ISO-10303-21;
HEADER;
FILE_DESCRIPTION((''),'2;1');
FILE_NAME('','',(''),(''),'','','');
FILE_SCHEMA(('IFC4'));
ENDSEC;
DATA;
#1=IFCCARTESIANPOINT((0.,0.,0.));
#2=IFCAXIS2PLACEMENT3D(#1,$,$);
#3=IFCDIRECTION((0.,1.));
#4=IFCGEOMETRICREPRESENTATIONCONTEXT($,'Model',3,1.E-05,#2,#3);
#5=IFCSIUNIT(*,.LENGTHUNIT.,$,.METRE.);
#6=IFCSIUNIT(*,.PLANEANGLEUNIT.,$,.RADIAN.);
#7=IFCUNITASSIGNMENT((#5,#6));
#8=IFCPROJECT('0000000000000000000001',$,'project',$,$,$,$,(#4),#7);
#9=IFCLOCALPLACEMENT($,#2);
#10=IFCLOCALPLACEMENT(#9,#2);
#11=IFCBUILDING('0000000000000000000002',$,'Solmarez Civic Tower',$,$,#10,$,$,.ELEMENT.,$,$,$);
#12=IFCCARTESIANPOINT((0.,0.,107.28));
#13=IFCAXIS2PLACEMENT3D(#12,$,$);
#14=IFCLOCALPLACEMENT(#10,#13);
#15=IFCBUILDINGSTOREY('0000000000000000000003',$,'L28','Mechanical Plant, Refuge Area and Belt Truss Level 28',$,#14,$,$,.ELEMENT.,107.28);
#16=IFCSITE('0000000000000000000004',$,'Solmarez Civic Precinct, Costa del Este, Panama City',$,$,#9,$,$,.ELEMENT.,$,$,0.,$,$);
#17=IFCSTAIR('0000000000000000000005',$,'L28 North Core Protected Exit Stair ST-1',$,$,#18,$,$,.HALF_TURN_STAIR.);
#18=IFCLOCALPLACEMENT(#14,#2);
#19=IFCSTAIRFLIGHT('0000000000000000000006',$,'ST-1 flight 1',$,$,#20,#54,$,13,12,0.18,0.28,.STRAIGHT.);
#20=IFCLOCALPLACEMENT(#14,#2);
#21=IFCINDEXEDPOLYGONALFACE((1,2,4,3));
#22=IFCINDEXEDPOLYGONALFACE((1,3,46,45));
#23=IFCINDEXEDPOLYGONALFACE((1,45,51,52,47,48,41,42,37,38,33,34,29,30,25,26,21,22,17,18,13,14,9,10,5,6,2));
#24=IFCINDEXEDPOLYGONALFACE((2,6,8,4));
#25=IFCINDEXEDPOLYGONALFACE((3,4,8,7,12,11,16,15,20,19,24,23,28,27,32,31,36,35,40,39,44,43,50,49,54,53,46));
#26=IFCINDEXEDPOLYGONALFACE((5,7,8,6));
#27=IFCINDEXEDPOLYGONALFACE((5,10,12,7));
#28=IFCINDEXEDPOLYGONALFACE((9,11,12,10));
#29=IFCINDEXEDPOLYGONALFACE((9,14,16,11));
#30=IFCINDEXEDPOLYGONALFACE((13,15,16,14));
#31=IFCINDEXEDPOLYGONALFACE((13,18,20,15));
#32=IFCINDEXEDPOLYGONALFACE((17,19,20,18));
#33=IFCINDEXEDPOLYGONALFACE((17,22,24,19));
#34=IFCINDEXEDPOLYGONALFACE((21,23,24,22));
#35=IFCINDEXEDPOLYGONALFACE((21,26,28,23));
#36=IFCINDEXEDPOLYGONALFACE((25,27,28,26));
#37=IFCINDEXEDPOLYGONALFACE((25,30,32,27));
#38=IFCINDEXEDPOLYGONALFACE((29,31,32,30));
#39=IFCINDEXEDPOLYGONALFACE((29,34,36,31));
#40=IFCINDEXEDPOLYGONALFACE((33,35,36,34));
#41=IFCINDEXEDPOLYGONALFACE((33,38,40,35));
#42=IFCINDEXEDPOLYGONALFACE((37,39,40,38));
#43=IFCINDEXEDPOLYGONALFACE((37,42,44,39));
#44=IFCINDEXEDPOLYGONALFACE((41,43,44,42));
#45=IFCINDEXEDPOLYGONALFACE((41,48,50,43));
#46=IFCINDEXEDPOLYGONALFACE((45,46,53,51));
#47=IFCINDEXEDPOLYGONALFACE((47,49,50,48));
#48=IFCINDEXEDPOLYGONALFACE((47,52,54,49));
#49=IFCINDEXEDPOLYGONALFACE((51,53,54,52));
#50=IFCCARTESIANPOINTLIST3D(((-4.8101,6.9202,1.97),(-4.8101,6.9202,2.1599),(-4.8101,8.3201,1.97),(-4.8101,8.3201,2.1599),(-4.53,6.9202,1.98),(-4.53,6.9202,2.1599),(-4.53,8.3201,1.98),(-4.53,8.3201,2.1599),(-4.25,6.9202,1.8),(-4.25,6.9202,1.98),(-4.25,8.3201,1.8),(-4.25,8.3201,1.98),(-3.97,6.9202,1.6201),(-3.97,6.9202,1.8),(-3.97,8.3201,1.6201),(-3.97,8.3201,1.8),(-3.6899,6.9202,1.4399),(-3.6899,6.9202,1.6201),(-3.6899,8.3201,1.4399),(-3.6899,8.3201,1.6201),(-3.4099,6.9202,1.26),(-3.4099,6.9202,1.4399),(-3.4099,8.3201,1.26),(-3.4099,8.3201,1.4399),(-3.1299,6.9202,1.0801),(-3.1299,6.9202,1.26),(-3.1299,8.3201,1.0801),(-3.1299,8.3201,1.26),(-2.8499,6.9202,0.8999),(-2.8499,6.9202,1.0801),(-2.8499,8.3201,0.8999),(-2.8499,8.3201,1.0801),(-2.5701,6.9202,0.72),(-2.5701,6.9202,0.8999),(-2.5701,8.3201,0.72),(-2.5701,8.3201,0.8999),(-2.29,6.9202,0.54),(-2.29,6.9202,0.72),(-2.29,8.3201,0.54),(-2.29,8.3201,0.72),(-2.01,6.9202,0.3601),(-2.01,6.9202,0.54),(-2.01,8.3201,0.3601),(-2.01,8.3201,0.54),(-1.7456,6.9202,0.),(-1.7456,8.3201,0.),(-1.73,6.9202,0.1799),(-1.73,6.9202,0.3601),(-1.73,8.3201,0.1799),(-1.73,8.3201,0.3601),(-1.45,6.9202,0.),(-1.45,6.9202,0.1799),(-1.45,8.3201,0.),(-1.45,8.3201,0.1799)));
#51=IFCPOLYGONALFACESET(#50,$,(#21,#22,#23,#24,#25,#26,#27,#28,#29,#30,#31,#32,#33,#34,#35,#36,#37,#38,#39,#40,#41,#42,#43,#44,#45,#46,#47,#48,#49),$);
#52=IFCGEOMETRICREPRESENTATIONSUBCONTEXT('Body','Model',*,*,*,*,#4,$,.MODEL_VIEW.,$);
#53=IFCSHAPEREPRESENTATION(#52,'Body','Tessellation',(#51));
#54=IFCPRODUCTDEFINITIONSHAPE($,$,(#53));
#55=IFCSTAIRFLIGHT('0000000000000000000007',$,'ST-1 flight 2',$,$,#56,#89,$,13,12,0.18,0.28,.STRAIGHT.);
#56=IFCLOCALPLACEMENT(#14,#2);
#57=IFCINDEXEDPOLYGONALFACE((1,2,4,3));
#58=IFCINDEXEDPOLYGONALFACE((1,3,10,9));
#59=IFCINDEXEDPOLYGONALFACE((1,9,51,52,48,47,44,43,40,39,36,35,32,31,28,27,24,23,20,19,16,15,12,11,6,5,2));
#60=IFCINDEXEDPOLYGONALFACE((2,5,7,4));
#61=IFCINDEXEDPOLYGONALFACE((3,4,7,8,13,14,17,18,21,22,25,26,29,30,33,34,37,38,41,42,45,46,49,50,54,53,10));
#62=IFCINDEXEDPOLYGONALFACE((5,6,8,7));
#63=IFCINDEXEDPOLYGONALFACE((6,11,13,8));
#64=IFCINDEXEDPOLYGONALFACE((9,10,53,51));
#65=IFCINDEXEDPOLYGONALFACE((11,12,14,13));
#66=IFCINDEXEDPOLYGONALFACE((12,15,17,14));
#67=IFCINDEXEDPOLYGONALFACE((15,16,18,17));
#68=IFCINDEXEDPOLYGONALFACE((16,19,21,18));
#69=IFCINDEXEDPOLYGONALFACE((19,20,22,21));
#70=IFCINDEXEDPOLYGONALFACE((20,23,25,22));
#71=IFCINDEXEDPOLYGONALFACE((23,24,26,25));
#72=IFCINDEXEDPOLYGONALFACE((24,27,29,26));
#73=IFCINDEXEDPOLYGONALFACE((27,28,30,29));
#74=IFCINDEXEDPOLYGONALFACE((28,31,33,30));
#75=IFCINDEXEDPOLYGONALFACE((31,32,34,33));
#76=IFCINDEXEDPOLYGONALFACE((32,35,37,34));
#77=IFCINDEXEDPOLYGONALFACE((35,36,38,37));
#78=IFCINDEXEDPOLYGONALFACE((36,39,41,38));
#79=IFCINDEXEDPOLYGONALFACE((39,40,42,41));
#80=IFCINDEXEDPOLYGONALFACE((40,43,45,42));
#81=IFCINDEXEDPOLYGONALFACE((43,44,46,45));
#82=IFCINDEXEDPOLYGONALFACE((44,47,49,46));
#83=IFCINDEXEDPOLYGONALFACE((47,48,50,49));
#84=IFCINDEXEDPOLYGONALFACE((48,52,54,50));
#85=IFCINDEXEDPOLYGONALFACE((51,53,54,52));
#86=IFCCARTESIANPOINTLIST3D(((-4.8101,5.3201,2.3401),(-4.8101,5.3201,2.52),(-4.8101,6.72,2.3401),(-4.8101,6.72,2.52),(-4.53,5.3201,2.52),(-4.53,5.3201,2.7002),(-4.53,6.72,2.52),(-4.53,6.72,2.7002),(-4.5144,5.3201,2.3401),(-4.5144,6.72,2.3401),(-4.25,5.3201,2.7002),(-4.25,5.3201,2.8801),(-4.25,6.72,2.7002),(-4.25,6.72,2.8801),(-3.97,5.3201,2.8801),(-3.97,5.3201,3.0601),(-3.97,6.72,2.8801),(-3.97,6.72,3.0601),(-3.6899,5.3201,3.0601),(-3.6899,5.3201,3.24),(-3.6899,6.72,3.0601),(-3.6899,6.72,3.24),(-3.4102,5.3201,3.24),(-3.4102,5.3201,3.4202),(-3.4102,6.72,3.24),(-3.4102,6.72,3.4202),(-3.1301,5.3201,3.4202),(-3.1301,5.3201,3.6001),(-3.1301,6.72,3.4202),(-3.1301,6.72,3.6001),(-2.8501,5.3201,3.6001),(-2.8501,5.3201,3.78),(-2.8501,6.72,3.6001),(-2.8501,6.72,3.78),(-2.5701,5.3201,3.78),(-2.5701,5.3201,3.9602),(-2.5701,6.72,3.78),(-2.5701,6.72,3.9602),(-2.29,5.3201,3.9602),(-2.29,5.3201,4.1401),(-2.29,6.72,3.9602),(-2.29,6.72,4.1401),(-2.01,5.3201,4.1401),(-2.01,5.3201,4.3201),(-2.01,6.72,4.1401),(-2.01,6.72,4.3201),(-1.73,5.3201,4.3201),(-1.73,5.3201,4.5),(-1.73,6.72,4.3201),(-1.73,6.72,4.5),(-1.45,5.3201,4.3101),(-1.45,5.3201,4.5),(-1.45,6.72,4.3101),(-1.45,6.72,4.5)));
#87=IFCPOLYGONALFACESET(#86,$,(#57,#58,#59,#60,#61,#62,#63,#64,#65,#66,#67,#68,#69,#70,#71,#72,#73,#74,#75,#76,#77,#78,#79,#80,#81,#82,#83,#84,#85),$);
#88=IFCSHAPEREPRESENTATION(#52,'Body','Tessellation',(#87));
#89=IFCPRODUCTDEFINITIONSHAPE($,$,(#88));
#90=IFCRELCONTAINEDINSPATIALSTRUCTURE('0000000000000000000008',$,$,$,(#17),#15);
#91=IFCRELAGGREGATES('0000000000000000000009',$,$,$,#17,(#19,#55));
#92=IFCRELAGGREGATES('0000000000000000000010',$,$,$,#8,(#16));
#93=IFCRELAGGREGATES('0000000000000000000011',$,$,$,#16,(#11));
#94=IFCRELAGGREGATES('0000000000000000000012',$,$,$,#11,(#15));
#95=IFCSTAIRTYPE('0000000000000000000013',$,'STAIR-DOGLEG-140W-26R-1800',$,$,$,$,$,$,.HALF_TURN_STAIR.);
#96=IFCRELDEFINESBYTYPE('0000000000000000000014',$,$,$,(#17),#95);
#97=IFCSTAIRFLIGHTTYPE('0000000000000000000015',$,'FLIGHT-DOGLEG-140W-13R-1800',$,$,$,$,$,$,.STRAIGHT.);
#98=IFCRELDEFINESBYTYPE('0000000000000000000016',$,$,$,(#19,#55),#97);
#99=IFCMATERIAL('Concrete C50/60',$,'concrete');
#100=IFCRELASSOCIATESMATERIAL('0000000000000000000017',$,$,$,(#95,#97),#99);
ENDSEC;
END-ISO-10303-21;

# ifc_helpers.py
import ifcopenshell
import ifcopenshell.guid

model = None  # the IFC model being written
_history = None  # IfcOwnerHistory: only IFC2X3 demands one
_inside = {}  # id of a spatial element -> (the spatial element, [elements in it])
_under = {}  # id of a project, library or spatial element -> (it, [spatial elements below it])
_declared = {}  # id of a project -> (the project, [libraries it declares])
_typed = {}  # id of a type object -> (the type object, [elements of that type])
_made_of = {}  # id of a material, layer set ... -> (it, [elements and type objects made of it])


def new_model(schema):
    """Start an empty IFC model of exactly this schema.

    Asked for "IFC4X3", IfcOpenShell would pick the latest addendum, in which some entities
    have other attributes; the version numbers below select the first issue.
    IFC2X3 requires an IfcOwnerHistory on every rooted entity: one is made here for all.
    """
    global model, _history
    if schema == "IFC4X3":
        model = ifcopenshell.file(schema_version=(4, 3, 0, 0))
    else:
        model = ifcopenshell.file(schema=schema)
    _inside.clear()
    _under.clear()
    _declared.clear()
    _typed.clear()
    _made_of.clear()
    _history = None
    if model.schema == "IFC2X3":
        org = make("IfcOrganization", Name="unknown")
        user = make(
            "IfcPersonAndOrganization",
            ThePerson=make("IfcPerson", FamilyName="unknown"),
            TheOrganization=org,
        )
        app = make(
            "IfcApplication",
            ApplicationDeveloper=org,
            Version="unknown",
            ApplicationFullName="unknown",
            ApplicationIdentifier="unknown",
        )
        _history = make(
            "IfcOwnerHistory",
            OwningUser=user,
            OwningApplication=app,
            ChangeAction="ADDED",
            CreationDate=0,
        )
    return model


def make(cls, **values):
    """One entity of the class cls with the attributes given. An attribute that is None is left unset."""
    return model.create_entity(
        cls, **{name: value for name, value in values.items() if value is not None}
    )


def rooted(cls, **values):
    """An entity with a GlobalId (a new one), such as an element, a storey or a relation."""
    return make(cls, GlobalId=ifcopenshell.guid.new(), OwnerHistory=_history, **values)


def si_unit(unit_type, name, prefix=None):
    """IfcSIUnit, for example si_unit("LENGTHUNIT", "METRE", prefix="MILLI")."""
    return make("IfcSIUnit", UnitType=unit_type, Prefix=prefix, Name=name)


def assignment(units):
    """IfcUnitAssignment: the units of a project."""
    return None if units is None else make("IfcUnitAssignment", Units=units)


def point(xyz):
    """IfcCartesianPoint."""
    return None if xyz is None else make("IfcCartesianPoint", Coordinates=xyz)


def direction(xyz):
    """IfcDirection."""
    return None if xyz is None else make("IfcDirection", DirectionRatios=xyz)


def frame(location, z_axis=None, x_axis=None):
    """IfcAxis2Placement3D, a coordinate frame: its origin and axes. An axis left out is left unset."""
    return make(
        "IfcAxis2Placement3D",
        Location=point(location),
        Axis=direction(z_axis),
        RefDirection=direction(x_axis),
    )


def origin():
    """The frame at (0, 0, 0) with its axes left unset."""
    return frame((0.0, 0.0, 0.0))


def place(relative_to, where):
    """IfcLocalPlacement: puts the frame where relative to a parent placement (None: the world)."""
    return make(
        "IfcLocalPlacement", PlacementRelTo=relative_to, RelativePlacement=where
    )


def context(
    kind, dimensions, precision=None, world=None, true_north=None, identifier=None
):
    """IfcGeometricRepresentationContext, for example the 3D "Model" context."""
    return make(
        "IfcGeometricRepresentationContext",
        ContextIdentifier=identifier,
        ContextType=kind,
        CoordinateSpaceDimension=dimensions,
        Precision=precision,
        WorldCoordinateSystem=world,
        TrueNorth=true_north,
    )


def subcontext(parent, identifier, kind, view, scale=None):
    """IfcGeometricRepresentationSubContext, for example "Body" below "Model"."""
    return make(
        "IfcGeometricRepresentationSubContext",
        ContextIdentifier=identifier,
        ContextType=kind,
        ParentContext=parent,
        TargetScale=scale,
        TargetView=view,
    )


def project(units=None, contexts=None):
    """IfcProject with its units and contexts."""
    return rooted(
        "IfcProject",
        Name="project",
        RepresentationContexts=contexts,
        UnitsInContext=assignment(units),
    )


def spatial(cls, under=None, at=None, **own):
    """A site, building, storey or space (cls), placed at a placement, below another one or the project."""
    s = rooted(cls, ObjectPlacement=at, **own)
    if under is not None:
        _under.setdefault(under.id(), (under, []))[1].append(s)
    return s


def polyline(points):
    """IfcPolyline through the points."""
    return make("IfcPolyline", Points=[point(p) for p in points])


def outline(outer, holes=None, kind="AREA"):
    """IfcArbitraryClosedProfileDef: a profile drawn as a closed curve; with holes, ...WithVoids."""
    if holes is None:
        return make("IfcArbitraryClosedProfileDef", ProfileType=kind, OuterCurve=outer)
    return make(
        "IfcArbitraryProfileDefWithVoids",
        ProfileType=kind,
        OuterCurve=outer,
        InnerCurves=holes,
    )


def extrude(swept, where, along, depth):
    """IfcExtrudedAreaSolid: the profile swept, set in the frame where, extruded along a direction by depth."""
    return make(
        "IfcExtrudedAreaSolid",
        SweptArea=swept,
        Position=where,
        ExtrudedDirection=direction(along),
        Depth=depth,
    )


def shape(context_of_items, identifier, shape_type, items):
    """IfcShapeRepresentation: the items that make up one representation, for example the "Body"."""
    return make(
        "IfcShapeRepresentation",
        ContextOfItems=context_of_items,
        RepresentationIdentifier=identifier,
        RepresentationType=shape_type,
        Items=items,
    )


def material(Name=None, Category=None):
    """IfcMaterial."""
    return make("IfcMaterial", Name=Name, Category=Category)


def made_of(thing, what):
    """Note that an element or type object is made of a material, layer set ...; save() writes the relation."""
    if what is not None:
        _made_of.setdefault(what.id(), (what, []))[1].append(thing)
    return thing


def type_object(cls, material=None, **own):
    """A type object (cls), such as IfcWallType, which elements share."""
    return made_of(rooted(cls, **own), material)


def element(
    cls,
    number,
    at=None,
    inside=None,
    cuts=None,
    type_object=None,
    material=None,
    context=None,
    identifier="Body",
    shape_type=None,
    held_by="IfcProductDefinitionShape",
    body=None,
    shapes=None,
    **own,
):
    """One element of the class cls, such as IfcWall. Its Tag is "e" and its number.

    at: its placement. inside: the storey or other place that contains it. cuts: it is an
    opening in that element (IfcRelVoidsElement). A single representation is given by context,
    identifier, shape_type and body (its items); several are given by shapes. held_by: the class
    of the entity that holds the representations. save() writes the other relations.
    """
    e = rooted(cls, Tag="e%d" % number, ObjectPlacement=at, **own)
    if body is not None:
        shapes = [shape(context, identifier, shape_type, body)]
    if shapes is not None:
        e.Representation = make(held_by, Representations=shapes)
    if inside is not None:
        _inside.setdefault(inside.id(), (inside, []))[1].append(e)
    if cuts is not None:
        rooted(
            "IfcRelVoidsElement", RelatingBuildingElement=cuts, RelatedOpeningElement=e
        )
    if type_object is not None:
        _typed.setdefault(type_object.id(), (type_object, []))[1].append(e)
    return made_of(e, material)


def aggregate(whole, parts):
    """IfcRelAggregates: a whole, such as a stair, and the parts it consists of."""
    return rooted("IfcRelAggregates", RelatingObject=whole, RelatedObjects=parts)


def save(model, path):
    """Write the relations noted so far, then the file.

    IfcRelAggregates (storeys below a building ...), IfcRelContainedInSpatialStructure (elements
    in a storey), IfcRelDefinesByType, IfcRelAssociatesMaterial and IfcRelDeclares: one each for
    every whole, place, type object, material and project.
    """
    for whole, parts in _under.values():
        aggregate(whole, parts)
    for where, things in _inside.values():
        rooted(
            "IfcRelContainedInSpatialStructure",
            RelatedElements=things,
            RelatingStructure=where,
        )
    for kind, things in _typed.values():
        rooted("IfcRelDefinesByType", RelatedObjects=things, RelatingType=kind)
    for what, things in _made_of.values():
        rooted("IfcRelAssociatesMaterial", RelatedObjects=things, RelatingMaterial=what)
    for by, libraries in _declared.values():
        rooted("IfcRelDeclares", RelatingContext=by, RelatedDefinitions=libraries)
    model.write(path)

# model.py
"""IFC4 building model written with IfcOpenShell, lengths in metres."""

from ifc_helpers import new_model, si_unit, direction, frame, origin, place, context, subcontext, project, spatial, polyline, outline, extrude, material, type_object, element, aggregate, save


model = new_model("IFC4")

# Units and contexts
model_context = context("Model", 3, precision=1e-05, world=origin(), true_north=direction((0.0, 1.0)))
body_context = subcontext(model_context, "Body", "Model", "MODEL_VIEW")
ifc_project = project(units=[si_unit("LENGTHUNIT", "METRE"), si_unit("PLANEANGLEUNIT", "RADIAN")], contexts=[model_context])

# Site, building, storey
site_placement = place(None, origin())
site = spatial("IfcSite", under=ifc_project, at=site_placement, Name="Solmarez Civic Precinct, Costa del Este, Panama City", CompositionType="ELEMENT", RefElevation=0.0)
building_placement = place(site_placement, origin())
building = spatial("IfcBuilding", under=site, at=building_placement, Name="Solmarez Civic Tower", CompositionType="ELEMENT")
storey_placement = place(building_placement, frame((0.0, 0.0, 107.28)))
storey = spatial("IfcBuildingStorey", under=building, at=storey_placement, Name="L28", Description="Mechanical Plant, Refuge Area and Belt Truss Level 28", CompositionType="ELEMENT", Elevation=107.28)

# Shared definitions
ifc_material_1 = material(Name="Concrete C50/60", Category="concrete")

# Stair, stair flights
stair_type = type_object("IfcStairType", Name="STAIR-DOGLEG-140W-26R-1800", PredefinedType="HALF_TURN_STAIR", material=ifc_material_1)
stair_placement = place(storey_placement, origin())
stair = element("IfcStair", 1, at=stair_placement, inside=storey, type_object=stair_type, Name="L28 North Core Protected Exit Stair ST-1", PredefinedType="HALF_TURN_STAIR")
stair_flight_type = type_object("IfcStairFlightType", Name="FLIGHT-DOGLEG-140W-13R-1800", PredefinedType="STRAIGHT", material=ifc_material_1)
stair_flight_1_placement = place(storey_placement, frame((-1.45, 7.6201, 0.0), z_axis=(0.0, 0.0, 1.0), x_axis=(-1.0, 0.0, 0.0)))
stair_flight_1 = element("IfcStairFlight", 2, at=stair_flight_1_placement, type_object=stair_flight_type, Name="ST-1 flight 1", NumberOfRisers=13, NumberOfTreads=12, PredefinedType="STRAIGHT", RiserHeight=0.18, TreadLength=0.28, context=body_context, shape_type="SweptSolid", body=[
    extrude(outline(polyline([(0.0, 0.0), (0.0, 0.1799), (0.28, 0.1799), (0.28, 0.3601), (0.5601, 0.3601), (0.5601, 0.54), (0.8401, 0.54), (0.8401, 0.72), (1.1201, 0.72), (1.1201, 0.8999), (1.3999, 0.8999), (1.3999, 1.0801), (1.6799, 1.0801), (1.6799, 1.26), (1.96, 1.26), (1.96, 1.4399), (2.24, 1.4399), (2.24, 1.6201), (2.52, 1.6201), (2.52, 1.8), (2.8, 1.8), (2.8, 1.98), (3.0801, 1.98), (3.0801, 2.1599), (3.3601, 2.1599), (3.3601, 2.3401), (3.3601, 1.97), (0.2957, 0.0), (0.0, 0.0)])), frame((0.0, 0.7, 0.0), z_axis=(0.0, -1.0, 0.0), x_axis=(1.0, 0.0, 0.0)), (0.0, 0.0, 1.0), 1.3999),
])
stair_flight_2_placement = place(storey_placement, frame((-4.8101, 6.02, 2.3401), z_axis=(0.0, 0.0, 1.0), x_axis=(1.0, 0.0, 0.0)))
stair_flight_2 = element("IfcStairFlight", 3, at=stair_flight_2_placement, type_object=stair_flight_type, Name="ST-1 flight 2", NumberOfRisers=13, NumberOfTreads=12, PredefinedType="STRAIGHT", RiserHeight=0.18, TreadLength=0.28, context=body_context, shape_type="SweptSolid", body=[
    extrude(outline(polyline([(0.0, 0.0), (0.0, 0.1799), (0.28, 0.1799), (0.28, 0.3601), (0.5601, 0.3601), (0.5601, 0.54), (0.8401, 0.54), (0.8401, 0.72), (1.1201, 0.72), (1.1201, 0.8999), (1.3999, 0.8999), (1.3999, 1.0801), (1.6799, 1.0801), (1.6799, 1.26), (1.96, 1.26), (1.96, 1.4399), (2.24, 1.4399), (2.24, 1.6201), (2.52, 1.6201), (2.52, 1.8), (2.8, 1.8), (2.8, 1.98), (3.0801, 1.98), (3.0801, 2.1599), (3.3601, 2.1599), (3.3601, 2.3401), (3.3601, 1.97), (0.2957, 0.0), (0.0, 0.0)])), frame((0.0, 0.7, 0.0), z_axis=(0.0, -1.0, 0.0), x_axis=(1.0, 0.0, 0.0)), (0.0, 0.0, 1.0), 1.3999),
])
aggregate(stair, [stair_flight_1, stair_flight_2])

save(model, "model.ifc")
